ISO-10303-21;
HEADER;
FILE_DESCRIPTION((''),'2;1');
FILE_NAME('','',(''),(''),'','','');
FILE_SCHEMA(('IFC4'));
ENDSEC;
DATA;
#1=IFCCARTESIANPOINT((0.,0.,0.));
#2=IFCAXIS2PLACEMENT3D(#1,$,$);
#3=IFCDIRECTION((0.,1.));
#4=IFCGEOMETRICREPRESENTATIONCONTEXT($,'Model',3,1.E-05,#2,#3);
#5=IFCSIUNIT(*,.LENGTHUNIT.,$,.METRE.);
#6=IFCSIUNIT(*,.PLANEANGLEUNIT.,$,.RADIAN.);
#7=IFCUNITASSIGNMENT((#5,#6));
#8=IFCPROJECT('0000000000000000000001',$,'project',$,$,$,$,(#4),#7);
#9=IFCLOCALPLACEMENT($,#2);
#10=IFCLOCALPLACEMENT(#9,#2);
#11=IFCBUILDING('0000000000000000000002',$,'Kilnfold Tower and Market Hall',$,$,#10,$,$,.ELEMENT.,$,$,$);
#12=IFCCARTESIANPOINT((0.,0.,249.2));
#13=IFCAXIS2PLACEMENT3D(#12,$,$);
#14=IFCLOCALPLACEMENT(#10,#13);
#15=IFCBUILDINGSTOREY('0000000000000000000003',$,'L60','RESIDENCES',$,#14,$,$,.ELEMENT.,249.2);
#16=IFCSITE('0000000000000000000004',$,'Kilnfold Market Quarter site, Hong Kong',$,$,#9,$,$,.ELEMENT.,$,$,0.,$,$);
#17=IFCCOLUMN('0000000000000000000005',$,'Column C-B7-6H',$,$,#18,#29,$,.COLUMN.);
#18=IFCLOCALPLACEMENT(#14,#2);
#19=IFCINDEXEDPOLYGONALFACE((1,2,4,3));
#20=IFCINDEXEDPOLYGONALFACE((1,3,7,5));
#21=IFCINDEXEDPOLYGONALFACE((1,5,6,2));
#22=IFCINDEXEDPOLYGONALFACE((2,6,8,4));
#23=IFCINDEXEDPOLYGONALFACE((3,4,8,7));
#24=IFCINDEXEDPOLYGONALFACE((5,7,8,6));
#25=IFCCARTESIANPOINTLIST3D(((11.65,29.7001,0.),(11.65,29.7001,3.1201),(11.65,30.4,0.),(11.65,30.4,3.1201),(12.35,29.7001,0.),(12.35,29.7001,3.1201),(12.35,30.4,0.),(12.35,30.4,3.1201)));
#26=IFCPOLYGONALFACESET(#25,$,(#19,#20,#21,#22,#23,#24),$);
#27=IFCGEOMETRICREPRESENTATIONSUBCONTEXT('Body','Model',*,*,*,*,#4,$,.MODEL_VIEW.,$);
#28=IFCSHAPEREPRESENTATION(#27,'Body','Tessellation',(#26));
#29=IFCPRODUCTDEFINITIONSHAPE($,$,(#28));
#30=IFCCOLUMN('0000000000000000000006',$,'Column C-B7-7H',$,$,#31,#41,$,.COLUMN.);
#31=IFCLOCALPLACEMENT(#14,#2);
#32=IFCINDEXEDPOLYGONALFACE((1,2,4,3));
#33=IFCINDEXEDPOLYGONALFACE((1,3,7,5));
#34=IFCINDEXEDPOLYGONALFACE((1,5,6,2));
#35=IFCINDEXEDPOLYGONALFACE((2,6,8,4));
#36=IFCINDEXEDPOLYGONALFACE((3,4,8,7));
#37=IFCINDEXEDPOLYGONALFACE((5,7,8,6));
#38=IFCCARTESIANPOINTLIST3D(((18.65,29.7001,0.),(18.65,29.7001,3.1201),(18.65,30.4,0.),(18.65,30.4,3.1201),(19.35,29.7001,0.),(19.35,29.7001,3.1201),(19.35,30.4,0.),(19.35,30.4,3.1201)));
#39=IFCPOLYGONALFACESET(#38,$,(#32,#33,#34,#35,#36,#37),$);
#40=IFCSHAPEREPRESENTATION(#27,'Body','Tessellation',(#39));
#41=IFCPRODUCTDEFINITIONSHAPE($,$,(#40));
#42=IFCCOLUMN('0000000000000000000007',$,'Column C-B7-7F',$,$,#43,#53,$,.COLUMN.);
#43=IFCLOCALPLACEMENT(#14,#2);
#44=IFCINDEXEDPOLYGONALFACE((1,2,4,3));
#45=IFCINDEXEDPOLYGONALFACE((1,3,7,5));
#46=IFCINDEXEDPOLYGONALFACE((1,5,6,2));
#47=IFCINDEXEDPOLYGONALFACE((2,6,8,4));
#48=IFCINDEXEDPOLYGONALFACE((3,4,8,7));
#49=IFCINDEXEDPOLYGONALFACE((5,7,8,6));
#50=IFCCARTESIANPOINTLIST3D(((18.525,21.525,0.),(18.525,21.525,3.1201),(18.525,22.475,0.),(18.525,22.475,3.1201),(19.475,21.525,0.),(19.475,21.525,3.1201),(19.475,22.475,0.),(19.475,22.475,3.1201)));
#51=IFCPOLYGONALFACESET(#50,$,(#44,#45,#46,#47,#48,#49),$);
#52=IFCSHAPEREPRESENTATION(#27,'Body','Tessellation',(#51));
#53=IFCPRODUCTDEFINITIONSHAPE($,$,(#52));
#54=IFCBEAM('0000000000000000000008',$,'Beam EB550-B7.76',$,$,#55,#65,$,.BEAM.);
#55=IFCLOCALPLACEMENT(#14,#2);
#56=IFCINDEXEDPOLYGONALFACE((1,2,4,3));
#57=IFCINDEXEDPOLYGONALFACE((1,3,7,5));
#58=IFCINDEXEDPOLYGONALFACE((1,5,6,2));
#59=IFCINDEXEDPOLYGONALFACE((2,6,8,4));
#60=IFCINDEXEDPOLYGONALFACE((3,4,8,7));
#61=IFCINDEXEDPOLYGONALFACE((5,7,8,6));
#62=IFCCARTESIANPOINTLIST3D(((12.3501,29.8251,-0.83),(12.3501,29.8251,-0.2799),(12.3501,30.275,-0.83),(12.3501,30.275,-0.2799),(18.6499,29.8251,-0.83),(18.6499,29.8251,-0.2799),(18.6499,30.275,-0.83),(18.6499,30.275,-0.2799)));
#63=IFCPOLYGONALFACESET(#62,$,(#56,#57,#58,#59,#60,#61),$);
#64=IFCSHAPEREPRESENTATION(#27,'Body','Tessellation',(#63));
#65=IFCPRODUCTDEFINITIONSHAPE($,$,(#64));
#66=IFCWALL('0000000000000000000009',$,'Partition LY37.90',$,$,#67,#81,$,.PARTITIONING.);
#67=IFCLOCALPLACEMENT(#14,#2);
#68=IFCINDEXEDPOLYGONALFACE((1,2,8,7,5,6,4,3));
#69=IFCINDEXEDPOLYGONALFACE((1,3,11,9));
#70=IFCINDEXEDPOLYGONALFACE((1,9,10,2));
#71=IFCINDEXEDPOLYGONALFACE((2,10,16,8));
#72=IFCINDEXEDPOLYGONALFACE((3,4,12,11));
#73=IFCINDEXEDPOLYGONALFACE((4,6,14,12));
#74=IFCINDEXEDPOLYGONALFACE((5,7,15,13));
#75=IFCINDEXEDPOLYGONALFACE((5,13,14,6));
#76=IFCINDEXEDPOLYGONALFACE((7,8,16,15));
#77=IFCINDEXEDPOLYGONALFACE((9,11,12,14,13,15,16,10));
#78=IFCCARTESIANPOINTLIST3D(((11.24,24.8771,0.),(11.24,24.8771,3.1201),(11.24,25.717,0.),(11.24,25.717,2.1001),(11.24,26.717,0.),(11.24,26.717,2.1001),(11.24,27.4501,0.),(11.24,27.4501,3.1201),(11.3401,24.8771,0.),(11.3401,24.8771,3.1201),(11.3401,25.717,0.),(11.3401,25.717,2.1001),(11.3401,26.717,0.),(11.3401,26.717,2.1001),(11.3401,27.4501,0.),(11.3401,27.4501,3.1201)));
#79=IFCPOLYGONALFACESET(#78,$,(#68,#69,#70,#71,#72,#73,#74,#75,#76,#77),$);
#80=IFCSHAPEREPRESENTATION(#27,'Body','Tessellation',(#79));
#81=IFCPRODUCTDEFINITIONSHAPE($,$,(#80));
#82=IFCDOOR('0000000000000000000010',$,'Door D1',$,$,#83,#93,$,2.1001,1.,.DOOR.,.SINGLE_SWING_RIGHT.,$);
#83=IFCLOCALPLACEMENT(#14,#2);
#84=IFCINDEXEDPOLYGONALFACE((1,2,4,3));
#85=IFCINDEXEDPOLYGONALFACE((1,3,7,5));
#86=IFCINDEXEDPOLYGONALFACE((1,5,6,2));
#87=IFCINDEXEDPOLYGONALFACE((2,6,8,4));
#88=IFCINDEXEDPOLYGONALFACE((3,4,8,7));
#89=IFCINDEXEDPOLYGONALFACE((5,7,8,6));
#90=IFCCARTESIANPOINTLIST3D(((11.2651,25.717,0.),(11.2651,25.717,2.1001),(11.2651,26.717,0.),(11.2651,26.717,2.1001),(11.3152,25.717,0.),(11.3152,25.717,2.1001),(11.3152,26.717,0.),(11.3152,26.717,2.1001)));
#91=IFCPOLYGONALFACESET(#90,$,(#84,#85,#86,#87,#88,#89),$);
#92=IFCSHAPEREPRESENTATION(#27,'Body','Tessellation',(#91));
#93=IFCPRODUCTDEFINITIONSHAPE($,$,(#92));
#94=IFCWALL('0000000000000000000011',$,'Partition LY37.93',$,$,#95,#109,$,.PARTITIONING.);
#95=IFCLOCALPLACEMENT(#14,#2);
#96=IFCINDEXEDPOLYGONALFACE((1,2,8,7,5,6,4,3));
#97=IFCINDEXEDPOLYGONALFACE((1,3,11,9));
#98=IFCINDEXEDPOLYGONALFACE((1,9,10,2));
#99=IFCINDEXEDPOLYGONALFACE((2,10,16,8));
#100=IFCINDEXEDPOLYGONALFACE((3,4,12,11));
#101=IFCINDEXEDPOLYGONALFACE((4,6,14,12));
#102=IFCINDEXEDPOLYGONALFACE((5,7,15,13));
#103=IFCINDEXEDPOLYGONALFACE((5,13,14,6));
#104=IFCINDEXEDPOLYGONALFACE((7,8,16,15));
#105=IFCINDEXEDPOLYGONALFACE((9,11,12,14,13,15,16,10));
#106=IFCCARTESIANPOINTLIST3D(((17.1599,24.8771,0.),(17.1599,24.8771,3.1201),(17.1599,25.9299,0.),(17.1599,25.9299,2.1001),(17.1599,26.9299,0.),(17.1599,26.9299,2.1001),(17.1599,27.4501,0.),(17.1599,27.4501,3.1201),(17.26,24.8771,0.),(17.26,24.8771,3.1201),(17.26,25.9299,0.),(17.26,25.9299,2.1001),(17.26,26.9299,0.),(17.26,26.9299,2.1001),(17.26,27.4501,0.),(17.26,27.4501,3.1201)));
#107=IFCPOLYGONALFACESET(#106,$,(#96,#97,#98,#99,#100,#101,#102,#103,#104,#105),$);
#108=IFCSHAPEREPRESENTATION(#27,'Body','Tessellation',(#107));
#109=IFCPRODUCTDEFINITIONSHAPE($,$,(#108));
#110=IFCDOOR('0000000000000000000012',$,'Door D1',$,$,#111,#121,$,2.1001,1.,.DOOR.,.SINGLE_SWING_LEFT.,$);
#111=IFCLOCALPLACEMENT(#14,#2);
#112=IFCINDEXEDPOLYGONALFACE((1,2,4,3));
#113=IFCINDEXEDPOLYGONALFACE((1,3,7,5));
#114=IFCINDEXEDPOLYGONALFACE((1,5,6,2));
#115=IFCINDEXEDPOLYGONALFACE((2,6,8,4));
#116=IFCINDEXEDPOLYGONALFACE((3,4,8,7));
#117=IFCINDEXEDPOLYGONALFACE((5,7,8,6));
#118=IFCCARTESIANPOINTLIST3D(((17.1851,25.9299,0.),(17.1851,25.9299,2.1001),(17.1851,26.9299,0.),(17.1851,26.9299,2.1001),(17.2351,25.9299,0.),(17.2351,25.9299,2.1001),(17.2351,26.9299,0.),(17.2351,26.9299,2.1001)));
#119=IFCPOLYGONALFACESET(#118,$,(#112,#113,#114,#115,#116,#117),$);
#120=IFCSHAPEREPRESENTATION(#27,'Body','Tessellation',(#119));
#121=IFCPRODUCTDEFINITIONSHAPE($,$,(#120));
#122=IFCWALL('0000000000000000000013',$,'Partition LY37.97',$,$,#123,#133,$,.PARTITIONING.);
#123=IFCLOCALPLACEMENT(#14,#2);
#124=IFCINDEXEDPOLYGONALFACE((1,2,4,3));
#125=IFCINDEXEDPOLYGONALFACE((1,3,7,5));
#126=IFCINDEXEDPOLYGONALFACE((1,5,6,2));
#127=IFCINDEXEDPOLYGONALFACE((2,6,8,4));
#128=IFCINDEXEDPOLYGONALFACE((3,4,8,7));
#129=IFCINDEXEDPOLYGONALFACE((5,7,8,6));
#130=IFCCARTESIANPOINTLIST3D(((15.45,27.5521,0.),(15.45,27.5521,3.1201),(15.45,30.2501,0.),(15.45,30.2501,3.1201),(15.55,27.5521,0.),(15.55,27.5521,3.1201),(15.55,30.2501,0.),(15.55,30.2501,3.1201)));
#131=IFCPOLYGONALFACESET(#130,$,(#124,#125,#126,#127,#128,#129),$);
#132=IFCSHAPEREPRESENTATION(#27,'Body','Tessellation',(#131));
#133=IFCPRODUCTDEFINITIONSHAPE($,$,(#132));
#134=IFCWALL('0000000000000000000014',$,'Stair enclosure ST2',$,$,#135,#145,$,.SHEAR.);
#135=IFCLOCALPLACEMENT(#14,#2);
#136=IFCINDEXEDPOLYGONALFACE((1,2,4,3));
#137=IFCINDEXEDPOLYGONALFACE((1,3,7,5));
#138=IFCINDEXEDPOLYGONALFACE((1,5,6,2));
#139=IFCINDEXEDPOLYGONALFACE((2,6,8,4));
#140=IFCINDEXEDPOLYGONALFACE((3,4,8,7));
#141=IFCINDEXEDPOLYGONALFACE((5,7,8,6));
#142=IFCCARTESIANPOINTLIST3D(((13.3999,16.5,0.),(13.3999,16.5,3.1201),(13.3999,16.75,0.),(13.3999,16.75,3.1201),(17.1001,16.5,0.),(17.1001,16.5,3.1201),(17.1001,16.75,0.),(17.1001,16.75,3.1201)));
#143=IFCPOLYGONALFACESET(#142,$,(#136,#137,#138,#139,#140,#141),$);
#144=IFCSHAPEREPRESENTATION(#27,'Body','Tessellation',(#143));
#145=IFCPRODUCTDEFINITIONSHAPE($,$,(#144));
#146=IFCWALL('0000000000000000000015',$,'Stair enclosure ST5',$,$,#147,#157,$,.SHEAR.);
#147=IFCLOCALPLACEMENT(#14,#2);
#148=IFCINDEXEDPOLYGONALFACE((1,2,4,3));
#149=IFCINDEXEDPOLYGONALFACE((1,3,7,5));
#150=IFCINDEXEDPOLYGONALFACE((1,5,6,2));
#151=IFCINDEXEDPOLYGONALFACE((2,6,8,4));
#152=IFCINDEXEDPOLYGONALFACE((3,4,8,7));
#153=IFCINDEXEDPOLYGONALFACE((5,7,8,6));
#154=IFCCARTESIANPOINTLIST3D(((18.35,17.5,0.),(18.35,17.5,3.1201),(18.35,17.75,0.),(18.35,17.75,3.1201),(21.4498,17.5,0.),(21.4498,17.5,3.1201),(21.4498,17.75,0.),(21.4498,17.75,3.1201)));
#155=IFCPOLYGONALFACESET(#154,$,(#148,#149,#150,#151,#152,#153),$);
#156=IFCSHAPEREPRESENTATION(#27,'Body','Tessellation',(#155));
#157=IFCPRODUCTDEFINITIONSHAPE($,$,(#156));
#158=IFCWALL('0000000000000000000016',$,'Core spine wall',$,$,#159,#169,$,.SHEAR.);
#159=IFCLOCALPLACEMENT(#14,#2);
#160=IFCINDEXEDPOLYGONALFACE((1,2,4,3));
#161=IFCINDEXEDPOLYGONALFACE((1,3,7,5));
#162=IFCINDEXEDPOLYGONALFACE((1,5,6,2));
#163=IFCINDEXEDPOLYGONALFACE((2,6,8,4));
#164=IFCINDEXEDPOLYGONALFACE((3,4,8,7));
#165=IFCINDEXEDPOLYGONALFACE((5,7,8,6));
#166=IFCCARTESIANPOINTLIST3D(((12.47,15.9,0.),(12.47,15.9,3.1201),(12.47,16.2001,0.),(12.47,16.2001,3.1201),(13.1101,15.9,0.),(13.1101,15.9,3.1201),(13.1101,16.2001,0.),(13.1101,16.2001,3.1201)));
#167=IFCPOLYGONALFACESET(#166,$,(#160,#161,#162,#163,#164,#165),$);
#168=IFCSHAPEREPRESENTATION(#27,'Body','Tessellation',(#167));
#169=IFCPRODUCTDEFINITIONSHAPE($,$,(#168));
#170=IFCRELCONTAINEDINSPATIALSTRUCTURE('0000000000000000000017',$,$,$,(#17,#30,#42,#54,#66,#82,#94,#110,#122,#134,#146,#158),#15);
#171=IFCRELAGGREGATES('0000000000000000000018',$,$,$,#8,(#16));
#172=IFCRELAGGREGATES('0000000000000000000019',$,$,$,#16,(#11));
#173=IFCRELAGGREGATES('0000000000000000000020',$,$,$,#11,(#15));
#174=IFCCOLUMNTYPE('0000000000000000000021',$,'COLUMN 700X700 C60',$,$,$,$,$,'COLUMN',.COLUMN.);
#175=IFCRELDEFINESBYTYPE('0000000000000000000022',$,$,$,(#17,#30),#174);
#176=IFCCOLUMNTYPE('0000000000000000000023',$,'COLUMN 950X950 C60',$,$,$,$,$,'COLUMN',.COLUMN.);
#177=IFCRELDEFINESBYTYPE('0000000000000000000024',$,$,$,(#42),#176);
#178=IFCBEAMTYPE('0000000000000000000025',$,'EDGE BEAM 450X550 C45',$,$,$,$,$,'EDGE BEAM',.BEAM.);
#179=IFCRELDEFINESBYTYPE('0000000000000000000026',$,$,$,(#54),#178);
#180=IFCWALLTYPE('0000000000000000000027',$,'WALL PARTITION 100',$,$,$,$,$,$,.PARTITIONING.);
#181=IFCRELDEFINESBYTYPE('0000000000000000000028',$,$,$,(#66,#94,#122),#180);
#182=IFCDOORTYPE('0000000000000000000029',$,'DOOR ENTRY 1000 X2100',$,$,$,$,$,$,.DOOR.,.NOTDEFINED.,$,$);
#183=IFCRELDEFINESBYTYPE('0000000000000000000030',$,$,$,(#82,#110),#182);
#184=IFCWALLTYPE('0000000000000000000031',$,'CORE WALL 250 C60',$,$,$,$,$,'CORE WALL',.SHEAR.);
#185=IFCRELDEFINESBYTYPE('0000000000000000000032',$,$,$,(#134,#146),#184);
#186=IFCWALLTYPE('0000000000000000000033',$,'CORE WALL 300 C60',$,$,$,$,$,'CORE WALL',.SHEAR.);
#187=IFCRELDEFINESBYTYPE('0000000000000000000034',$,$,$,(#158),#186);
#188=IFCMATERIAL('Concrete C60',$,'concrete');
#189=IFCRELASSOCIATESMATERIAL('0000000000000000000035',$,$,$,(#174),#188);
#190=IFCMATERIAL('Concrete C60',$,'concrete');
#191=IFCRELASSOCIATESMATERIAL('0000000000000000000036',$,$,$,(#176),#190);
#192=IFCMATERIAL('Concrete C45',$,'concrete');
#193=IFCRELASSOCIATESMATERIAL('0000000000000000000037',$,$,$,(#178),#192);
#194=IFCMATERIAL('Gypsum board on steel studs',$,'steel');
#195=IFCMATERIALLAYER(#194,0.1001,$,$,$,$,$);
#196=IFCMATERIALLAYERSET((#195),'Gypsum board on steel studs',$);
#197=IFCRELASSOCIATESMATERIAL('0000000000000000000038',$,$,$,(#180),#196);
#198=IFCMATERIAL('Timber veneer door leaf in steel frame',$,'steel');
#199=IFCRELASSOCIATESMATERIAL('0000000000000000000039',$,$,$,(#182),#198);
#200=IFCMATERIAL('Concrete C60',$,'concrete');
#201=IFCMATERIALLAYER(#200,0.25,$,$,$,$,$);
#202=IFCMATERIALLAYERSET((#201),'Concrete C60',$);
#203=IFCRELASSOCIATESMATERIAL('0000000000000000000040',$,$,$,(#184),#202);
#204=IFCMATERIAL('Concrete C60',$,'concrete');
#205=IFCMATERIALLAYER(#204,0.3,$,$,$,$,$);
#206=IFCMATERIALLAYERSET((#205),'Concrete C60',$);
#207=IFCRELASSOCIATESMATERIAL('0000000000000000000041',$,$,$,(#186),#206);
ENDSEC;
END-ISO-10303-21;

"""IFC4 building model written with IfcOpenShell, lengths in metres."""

from ifc_helpers import new_model, si_unit, direction, frame, frame_2d, origin, origin_2d, place, context, subcontext, project, spatial, rectangle, extrude, source, transform, mapped, material, layer, layer_set, material_profile, profile_set, type_object, element, fill, save


model = new_model("IFC4")

# Units and contexts
model_context = context("Model", 3, precision=1e-05, world=origin(), true_north=direction((0.0, 1.0)))
body_context = subcontext(model_context, "Body", "Model", "MODEL_VIEW")
ifc_project = project(units=[si_unit("LENGTHUNIT", "METRE"), si_unit("PLANEANGLEUNIT", "RADIAN")], contexts=[model_context])

# Site, building, storey
site_placement = place(None, origin())
site = spatial("IfcSite", under=ifc_project, at=site_placement, Name="Kilnfold Market Quarter site, Hong Kong", CompositionType="ELEMENT", RefElevation=0.0)
building_placement = place(site_placement, origin())
building = spatial("IfcBuilding", under=site, at=building_placement, Name="Kilnfold Tower and Market Hall", CompositionType="ELEMENT")
storey_placement = place(building_placement, frame((0.0, 0.0, 249.2)))
storey = spatial("IfcBuildingStorey", under=building, at=storey_placement, Name="L60", Description="RESIDENCES", CompositionType="ELEMENT", Elevation=249.2)

# Columns
ifc_material_1 = material(Name="Concrete C60", Category="concrete")
ifc_material_profile_1 = material_profile(ifc_material_1, rectangle(XDim=0.7, YDim=0.7, at=origin_2d()), Name="RC 700x700")
ifc_profile_set_1 = profile_set([ifc_material_profile_1], Name="Concrete C60")
column_type_1 = type_object("IfcColumnType", Name="COLUMN 700X700 C60", ElementType="COLUMN", PredefinedType="COLUMN", material=ifc_profile_set_1)
shared_shape_1 = source(origin(), body_context, "Body", "SweptSolid", [
    extrude(rectangle(XDim=0.7, YDim=0.7, at=origin_2d()), origin(), (0.0, 0.0, 1.0), 3.1201),
])
for number, where, z_axis, x_axis, name in (
    (1, (12.0, 30.05, 0.0), (0.0, 0.0, 1.0), (1.0, 0.0, 0.0), "Column C-B7-6H"),
    (2, (19.0, 30.05, 0.0), (0.0, 0.0, 1.0), (1.0, 0.0, 0.0), "Column C-B7-7H"),
):
    element("IfcColumn", number, at=place(storey_placement, frame(where, z_axis=z_axis, x_axis=x_axis)), inside=storey, type_object=column_type_1, Name=name, PredefinedType="COLUMN", context=body_context, shape_type="MappedRepresentation", body=[
        mapped(shared_shape_1, transform((0.0, 0.0, 0.0))),
    ])
ifc_material_2 = material(Name="Concrete C60", Category="concrete")
ifc_material_profile_2 = material_profile(ifc_material_2, rectangle(XDim=0.95, YDim=0.95, at=origin_2d()), Name="RC 950x950")
ifc_profile_set_2 = profile_set([ifc_material_profile_2], Name="Concrete C60")
column_type_2 = type_object("IfcColumnType", Name="COLUMN 950X950 C60", ElementType="COLUMN", PredefinedType="COLUMN", material=ifc_profile_set_2)
shared_shape_2 = source(origin(), body_context, "Body", "SweptSolid", [
    extrude(rectangle(XDim=0.95, YDim=0.95, at=origin_2d()), origin(), (0.0, 0.0, 1.0), 3.1201),
])
column_placement = place(storey_placement, frame((19.0, 22.0, 0.0), z_axis=(0.0, 0.0, 1.0), x_axis=(1.0, 0.0, 0.0)))
element("IfcColumn", 3, at=column_placement, inside=storey, type_object=column_type_2, Name="Column C-B7-7F", PredefinedType="COLUMN", context=body_context, shape_type="MappedRepresentation", body=[
    mapped(shared_shape_2, transform((0.0, 0.0, 0.0))),
])

# Beam
ifc_material_3 = material(Name="Concrete C45", Category="concrete")
ifc_material_profile_3 = material_profile(ifc_material_3, rectangle(XDim=0.45, YDim=0.55, at=origin_2d()), Name="RC 450x550")
ifc_profile_set_3 = profile_set([ifc_material_profile_3], Name="Concrete C45")
beam_type = type_object("IfcBeamType", Name="EDGE BEAM 450X550 C45", ElementType="EDGE BEAM", PredefinedType="BEAM", material=ifc_profile_set_3)
shared_shape_3 = source(origin(), body_context, "Body", "SweptSolid", [
    extrude(rectangle(XDim=0.45, YDim=0.55, at=origin_2d()), origin(), (0.0, 0.0, 1.0), 6.2998),
])
beam_placement = place(storey_placement, frame((12.3501, 30.05, -0.5549), z_axis=(1.0, 0.0, 0.0), x_axis=(0.0, 1.0, 0.0)))
element("IfcBeam", 4, at=beam_placement, inside=storey, type_object=beam_type, Name="Beam EB550-B7.76", PredefinedType="BEAM", context=body_context, shape_type="MappedRepresentation", body=[
    mapped(shared_shape_3, transform((0.0, 0.0, 0.0))),
])

# Walls, openings, doors
ifc_material_4 = material(Name="Gypsum board on steel studs", Category="steel")
ifc_layer_1 = layer(ifc_material_4, 0.1001)
ifc_layer_set_1 = layer_set([ifc_layer_1], Name="Gypsum board on steel studs")
wall_type_1 = type_object("IfcWallType", Name="WALL PARTITION 100", PredefinedType="PARTITIONING", material=ifc_layer_set_1)
wall_1_placement = place(storey_placement, frame((11.29, 24.877, 0.0), z_axis=(0.0, 0.0, 1.0), x_axis=(0.0, 1.0, 0.0)))
wall_1 = element("IfcWall", 5, at=wall_1_placement, inside=storey, type_object=wall_type_1, Name="Partition LY37.90", PredefinedType="PARTITIONING", context=body_context, shape_type="SweptSolid", body=[
    extrude(rectangle(XDim=2.573, YDim=0.1001, at=frame_2d((1.2866, 0.0))), origin(), (0.0, 0.0, 1.0), 3.1201),
])
opening_1_placement = place(wall_1_placement, frame((0.8401, 0.0, 0.0)))
opening_1 = element("IfcOpeningElement", 6, at=opening_1_placement, cuts=wall_1, PredefinedType="OPENING", context=body_context, shape_type="SweptSolid", body=[
    extrude(rectangle(XDim=1.0, YDim=2.1001, at=frame_2d((0.5, 1.05))), frame((0.0, 0.0601, 0.0), z_axis=(0.0, -1.0, 0.0), x_axis=(1.0, 0.0, 0.0)), (0.0, 0.0, 1.0), 0.1201),
])
ifc_material_5 = material(Name="Timber veneer door leaf in steel frame", Category="steel")
door_type_1 = type_object("IfcDoorType", Name="DOOR ENTRY 1000 X2100", OperationType="NOTDEFINED", PredefinedType="DOOR", material=ifc_material_5)
door_1_placement = place(opening_1_placement, origin())
door_1 = element("IfcDoor", 7, at=door_1_placement, inside=storey, type_object=door_type_1, Name="Door D1", OperationType="SINGLE_SWING_RIGHT", OverallHeight=2.1001, OverallWidth=1.0, PredefinedType="DOOR", context=body_context, shape_type="SweptSolid", body=[
    extrude(rectangle(XDim=1.0, YDim=2.1001, at=frame_2d((0.5, 1.05))), frame((0.0, 0.0249, 0.0), z_axis=(0.0, -1.0, 0.0), x_axis=(1.0, 0.0, 0.0)), (0.0, 0.0, 1.0), 0.05),
])
fill(opening_1, door_1)
wall_2_placement = place(storey_placement, frame((17.21, 24.877, 0.0), z_axis=(0.0, 0.0, 1.0), x_axis=(0.0, 1.0, 0.0)))
wall_2 = element("IfcWall", 8, at=wall_2_placement, inside=storey, type_object=wall_type_1, Name="Partition LY37.93", PredefinedType="PARTITIONING", context=body_context, shape_type="SweptSolid", body=[
    extrude(rectangle(XDim=2.573, YDim=0.1001, at=frame_2d((1.2866, 0.0))), origin(), (0.0, 0.0, 1.0), 3.1201),
])
opening_2_placement = place(wall_2_placement, frame((1.053, 0.0, 0.0)))
opening_2 = element("IfcOpeningElement", 9, at=opening_2_placement, cuts=wall_2, PredefinedType="OPENING", context=body_context, shape_type="SweptSolid", body=[
    extrude(rectangle(XDim=1.0, YDim=2.1001, at=frame_2d((0.5, 1.05))), frame((0.0, 0.0601, 0.0), z_axis=(0.0, -1.0, 0.0), x_axis=(1.0, 0.0, 0.0)), (0.0, 0.0, 1.0), 0.1201),
])
door_2_placement = place(opening_2_placement, origin())
door_2 = element("IfcDoor", 10, at=door_2_placement, inside=storey, type_object=door_type_1, Name="Door D1", OperationType="SINGLE_SWING_LEFT", OverallHeight=2.1001, OverallWidth=1.0, PredefinedType="DOOR", context=body_context, shape_type="SweptSolid", body=[
    extrude(rectangle(XDim=1.0, YDim=2.1001, at=frame_2d((0.5, 1.05))), frame((0.0, 0.0249, 0.0), z_axis=(0.0, -1.0, 0.0), x_axis=(1.0, 0.0, 0.0)), (0.0, 0.0, 1.0), 0.05),
])
fill(opening_2, door_2)

# Walls
wall_3_placement = place(storey_placement, frame((15.5, 27.552, 0.0), z_axis=(0.0, 0.0, 1.0), x_axis=(0.0, 1.0, 0.0)))
element("IfcWall", 11, at=wall_3_placement, inside=storey, type_object=wall_type_1, Name="Partition LY37.97", PredefinedType="PARTITIONING", context=body_context, shape_type="SweptSolid", body=[
    extrude(rectangle(XDim=2.698, YDim=0.1001, at=frame_2d((1.3491, 0.0))), origin(), (0.0, 0.0, 1.0), 3.1201),
])
ifc_material_6 = material(Name="Concrete C60", Category="concrete")
ifc_layer_2 = layer(ifc_material_6, 0.25)
ifc_layer_set_2 = layer_set([ifc_layer_2], Name="Concrete C60")
wall_type_2 = type_object("IfcWallType", Name="CORE WALL 250 C60", ElementType="CORE WALL", PredefinedType="SHEAR", material=ifc_layer_set_2)
shared_shape_4 = source(origin(), body_context, "Body", "SweptSolid", [
    extrude(rectangle(XDim=3.7002, YDim=0.25, at=frame_2d((1.8501, 0.0))), origin(), (0.0, 0.0, 1.0), 3.1201),
])
wall_4_placement = place(storey_placement, frame((13.3999, 16.625, 0.0), z_axis=(0.0, 0.0, 1.0), x_axis=(1.0, 0.0, 0.0)))
element("IfcWall", 12, at=wall_4_placement, inside=storey, type_object=wall_type_2, Name="Stair enclosure ST2", PredefinedType="SHEAR", context=body_context, shape_type="MappedRepresentation", body=[
    mapped(shared_shape_4, transform((0.0, 0.0, 0.0))),
])
shared_shape_5 = source(origin(), body_context, "Body", "SweptSolid", [
    extrude(rectangle(XDim=3.0999, YDim=0.25, at=frame_2d((1.5498, 0.0))), origin(), (0.0, 0.0, 1.0), 3.1201),
])
wall_5_placement = place(storey_placement, frame((18.3501, 17.625, 0.0), z_axis=(0.0, 0.0, 1.0), x_axis=(1.0, 0.0, 0.0)))
element("IfcWall", 13, at=wall_5_placement, inside=storey, type_object=wall_type_2, Name="Stair enclosure ST5", PredefinedType="SHEAR", context=body_context, shape_type="MappedRepresentation", body=[
    mapped(shared_shape_5, transform((0.0, 0.0, 0.0))),
])
ifc_material_7 = material(Name="Concrete C60", Category="concrete")
ifc_layer_3 = layer(ifc_material_7, 0.3)
ifc_layer_set_3 = layer_set([ifc_layer_3], Name="Concrete C60")
wall_type_3 = type_object("IfcWallType", Name="CORE WALL 300 C60", ElementType="CORE WALL", PredefinedType="SHEAR", material=ifc_layer_set_3)
shared_shape_6 = source(origin(), body_context, "Body", "SweptSolid", [
    extrude(rectangle(XDim=0.6401, YDim=0.3, at=frame_2d((0.3201, 0.0))), origin(), (0.0, 0.0, 1.0), 3.1201),
])
wall_6_placement = place(storey_placement, frame((12.47, 16.05, 0.0), z_axis=(0.0, 0.0, 1.0), x_axis=(1.0, 0.0, 0.0)))
element("IfcWall", 14, at=wall_6_placement, inside=storey, type_object=wall_type_3, Name="Core spine wall", PredefinedType="SHEAR", context=body_context, shape_type="MappedRepresentation", body=[
    mapped(shared_shape_6, transform((0.0, 0.0, 0.0))),
])

save(model, "model.ifc")
